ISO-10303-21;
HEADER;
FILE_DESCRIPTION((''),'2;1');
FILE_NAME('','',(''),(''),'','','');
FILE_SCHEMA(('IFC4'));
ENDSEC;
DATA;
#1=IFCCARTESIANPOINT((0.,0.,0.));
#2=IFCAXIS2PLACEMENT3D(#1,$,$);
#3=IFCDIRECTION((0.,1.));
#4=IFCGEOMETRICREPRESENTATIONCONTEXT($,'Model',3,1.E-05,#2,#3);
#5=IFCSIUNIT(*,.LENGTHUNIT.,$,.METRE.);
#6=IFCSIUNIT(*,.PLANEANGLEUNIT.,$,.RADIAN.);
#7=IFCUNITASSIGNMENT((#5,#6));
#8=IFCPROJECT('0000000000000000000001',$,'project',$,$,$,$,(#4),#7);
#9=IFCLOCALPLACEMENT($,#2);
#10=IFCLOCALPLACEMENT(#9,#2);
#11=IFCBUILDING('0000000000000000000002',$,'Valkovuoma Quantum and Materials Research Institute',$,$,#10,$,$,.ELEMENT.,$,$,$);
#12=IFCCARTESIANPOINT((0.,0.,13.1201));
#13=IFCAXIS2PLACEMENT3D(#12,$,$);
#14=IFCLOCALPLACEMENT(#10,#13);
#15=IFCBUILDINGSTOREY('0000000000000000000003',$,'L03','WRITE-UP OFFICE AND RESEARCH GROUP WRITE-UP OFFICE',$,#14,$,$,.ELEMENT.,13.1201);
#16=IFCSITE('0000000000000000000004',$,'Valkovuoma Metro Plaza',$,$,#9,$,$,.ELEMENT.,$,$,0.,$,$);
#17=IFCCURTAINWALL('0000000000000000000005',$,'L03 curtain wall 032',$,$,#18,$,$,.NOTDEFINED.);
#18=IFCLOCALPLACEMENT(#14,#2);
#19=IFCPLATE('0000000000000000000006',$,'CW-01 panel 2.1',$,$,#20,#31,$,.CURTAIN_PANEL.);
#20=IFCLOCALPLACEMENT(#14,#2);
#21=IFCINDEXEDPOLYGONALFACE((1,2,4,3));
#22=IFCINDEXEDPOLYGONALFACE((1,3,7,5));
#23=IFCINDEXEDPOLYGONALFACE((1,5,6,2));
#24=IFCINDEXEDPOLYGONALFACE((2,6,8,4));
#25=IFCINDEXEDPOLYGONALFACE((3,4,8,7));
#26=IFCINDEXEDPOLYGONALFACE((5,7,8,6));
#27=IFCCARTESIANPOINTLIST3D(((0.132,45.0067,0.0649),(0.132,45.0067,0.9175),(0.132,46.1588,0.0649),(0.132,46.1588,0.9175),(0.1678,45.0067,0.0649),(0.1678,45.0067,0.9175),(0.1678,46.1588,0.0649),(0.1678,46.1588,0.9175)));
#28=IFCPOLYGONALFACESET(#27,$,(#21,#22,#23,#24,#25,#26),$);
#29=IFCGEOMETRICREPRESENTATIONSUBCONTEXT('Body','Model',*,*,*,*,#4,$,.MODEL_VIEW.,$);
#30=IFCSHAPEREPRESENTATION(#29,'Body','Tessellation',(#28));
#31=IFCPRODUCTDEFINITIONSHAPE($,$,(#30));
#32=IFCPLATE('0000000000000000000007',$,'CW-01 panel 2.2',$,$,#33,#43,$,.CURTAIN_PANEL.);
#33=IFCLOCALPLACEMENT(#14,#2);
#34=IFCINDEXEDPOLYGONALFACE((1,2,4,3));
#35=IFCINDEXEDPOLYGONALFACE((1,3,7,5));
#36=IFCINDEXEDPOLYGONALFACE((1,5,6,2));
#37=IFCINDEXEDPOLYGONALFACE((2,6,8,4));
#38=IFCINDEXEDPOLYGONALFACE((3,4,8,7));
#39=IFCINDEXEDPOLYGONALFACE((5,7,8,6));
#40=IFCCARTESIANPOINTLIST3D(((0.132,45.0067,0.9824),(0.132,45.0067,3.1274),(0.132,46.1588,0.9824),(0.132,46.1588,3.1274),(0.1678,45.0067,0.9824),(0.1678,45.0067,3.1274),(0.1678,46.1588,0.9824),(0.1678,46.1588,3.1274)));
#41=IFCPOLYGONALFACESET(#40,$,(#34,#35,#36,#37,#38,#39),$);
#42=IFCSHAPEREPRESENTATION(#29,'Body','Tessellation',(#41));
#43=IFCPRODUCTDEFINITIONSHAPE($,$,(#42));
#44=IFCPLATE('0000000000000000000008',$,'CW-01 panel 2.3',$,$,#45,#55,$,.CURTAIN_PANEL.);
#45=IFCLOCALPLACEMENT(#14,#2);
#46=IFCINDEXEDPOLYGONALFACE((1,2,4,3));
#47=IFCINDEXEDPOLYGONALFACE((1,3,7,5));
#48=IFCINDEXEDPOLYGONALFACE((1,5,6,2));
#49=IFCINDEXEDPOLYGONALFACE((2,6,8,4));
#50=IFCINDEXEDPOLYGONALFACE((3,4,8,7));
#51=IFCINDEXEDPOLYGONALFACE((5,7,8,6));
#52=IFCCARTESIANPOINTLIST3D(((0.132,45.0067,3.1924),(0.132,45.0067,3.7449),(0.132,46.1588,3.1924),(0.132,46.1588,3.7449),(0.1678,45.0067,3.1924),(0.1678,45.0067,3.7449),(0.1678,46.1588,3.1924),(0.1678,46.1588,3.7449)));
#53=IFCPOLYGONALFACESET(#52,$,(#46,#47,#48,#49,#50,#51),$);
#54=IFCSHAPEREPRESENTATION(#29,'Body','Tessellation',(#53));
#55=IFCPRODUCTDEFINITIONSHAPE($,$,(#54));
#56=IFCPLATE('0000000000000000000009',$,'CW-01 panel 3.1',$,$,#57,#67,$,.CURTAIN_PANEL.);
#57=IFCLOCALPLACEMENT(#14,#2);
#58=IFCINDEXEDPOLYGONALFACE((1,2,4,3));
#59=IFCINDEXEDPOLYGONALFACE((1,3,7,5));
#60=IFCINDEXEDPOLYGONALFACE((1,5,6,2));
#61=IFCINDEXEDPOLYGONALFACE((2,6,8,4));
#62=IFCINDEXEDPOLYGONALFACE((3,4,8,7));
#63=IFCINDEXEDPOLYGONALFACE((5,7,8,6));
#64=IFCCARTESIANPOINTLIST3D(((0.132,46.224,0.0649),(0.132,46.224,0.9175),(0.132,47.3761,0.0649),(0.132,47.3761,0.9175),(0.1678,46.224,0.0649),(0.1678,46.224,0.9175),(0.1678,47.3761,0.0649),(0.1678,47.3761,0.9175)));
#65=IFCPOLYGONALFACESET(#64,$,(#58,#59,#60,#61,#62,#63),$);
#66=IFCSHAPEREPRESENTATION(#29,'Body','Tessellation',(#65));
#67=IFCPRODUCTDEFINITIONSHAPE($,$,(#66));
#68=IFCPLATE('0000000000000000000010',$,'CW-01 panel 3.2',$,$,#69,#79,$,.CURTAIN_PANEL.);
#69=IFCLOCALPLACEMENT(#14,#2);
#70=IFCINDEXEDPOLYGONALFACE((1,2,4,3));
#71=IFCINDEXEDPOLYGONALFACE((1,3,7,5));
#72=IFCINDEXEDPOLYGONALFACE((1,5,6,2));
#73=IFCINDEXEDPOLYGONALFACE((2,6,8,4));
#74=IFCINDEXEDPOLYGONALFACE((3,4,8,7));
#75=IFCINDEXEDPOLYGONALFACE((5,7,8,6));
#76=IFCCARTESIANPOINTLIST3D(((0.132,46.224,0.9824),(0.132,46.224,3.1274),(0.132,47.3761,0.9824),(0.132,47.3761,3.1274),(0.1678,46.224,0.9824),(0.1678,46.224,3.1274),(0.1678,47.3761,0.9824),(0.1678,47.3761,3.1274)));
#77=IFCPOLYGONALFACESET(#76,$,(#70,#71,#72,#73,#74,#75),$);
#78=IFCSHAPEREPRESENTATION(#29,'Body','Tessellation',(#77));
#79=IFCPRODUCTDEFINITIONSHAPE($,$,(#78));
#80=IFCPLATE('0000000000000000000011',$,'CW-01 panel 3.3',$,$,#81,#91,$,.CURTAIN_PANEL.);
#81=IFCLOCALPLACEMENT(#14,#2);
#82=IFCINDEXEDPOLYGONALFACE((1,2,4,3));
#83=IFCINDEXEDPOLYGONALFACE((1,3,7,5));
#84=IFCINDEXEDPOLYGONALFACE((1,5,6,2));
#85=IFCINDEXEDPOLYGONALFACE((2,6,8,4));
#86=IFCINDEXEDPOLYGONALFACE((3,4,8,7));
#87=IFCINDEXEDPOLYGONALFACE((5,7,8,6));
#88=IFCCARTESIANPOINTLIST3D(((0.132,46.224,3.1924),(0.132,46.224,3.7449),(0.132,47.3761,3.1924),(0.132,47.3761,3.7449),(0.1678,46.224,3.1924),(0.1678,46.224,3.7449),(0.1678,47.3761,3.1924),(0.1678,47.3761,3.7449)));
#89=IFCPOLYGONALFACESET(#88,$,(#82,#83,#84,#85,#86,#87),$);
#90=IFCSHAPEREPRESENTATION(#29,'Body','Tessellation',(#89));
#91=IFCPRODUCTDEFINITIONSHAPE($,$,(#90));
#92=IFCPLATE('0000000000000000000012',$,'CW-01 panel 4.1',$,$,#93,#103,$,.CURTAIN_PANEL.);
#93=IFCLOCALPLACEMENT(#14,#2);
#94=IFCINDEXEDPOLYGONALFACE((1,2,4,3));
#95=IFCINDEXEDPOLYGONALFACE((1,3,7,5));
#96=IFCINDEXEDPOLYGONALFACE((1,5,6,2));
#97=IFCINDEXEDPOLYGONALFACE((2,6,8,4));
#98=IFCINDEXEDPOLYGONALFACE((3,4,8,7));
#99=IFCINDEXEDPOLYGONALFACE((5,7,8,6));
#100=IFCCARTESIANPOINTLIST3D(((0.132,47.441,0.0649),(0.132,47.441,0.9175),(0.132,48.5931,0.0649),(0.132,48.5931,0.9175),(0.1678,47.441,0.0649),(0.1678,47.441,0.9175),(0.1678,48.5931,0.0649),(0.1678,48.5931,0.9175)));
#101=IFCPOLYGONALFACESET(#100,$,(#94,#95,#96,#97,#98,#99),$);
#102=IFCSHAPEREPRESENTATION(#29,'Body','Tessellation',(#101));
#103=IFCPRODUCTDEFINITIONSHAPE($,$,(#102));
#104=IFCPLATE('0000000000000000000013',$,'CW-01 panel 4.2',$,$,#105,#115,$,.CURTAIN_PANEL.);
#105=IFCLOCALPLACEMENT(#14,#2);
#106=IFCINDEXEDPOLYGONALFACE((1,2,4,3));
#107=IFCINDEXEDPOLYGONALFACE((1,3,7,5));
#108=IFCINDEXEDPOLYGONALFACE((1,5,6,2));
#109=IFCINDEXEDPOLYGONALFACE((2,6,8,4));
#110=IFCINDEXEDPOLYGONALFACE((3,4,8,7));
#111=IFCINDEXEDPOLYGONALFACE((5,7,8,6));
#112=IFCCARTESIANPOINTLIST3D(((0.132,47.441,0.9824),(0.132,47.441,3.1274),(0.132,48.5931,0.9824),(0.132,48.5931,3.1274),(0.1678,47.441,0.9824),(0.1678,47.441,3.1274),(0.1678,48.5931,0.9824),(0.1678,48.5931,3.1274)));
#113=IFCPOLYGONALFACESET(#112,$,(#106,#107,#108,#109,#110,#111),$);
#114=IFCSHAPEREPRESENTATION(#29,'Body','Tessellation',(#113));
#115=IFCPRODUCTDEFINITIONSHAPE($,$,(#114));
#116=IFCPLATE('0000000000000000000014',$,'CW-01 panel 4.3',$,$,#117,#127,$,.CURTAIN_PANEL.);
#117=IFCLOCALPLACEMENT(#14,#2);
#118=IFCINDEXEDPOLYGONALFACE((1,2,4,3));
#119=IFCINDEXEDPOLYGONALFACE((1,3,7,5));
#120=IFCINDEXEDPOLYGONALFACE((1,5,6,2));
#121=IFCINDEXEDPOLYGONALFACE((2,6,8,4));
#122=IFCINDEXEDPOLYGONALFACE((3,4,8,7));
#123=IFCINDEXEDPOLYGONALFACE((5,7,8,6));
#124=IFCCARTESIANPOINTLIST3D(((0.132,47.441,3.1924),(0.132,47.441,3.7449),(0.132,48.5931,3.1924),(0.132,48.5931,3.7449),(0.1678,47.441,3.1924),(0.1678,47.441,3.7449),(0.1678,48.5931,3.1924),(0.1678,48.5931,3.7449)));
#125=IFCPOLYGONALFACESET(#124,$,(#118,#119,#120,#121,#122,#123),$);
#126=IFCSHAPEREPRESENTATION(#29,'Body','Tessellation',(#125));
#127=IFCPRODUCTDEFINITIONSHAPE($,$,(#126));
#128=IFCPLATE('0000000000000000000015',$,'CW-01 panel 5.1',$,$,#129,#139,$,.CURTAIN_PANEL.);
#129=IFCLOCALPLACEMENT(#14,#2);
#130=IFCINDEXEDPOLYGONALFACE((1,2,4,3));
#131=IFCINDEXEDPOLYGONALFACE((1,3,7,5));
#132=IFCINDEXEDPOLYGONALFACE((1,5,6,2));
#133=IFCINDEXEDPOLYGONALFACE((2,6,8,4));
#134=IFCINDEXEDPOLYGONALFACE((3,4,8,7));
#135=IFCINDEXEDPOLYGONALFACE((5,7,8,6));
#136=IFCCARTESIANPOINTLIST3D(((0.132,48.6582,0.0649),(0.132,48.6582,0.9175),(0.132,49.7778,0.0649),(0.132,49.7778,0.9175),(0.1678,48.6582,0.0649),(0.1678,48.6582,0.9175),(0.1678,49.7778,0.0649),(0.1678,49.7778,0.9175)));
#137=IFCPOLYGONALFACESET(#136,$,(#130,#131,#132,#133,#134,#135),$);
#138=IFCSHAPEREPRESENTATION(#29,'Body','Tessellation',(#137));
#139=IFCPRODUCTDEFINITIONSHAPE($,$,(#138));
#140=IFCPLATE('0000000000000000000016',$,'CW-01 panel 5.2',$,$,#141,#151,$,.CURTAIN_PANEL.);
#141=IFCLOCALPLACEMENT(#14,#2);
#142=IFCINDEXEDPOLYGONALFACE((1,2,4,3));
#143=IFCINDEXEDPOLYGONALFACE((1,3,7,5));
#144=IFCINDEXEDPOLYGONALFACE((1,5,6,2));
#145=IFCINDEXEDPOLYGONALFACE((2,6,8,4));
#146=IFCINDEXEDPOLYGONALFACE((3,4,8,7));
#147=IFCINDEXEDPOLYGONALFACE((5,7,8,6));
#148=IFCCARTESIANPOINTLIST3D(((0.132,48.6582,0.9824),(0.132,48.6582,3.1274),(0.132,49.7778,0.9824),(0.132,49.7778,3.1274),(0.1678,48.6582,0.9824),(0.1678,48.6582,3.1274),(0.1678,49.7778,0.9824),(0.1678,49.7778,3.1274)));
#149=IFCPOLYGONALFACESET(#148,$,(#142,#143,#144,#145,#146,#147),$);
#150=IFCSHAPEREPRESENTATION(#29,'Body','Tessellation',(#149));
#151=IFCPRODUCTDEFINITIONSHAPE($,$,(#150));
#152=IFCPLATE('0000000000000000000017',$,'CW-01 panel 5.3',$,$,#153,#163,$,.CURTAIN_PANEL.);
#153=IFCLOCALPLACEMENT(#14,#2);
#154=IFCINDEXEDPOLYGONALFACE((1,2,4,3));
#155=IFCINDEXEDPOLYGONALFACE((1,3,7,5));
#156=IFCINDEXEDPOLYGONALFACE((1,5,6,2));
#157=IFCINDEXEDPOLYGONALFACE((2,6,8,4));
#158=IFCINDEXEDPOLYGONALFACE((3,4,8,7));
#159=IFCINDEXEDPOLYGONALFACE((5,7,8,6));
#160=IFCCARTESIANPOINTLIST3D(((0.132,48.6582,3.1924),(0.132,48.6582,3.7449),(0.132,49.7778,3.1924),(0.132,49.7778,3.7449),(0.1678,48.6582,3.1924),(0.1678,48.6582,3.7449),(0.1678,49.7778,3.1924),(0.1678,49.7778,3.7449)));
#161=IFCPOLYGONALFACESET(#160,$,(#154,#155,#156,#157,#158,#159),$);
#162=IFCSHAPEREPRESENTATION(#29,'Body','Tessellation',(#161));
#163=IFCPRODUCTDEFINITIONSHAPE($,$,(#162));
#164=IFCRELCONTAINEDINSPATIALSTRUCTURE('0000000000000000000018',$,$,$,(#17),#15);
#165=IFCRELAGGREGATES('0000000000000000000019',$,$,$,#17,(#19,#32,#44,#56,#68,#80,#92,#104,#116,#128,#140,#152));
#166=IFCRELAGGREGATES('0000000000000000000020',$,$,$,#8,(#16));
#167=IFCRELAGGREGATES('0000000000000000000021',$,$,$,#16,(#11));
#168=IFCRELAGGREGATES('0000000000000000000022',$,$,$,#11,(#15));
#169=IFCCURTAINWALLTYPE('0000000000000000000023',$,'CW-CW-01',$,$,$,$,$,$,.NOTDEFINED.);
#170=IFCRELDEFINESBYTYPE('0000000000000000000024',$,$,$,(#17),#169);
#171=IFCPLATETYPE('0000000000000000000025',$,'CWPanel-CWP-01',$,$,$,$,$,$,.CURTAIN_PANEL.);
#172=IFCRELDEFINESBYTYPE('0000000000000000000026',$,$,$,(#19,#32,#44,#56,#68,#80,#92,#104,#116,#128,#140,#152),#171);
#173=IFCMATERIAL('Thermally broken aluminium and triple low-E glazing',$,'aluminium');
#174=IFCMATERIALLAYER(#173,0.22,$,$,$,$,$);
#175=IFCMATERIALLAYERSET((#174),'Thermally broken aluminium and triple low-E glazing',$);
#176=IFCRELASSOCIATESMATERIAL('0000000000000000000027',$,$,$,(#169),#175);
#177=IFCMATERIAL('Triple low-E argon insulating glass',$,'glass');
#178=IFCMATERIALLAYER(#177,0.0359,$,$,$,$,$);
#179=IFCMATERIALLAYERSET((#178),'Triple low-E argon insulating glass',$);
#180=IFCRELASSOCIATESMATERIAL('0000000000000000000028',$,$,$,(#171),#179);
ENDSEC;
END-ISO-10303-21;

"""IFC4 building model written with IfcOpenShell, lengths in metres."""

from ifc_helpers import new_model, si_unit, direction, frame, origin, origin_2d, place, context, subcontext, project, spatial, rectangle, extrude, material, layer, layer_set, type_object, element, aggregate, save


model = new_model("IFC4")

# Units and contexts
model_context = context("Model", 3, precision=1e-05, world=origin(), true_north=direction((0.0, 1.0)))
body_context = subcontext(model_context, "Body", "Model", "MODEL_VIEW")
ifc_project = project(units=[si_unit("LENGTHUNIT", "METRE"), si_unit("PLANEANGLEUNIT", "RADIAN")], contexts=[model_context])

# Site, building, storey
site_placement = place(None, origin())
site = spatial("IfcSite", under=ifc_project, at=site_placement, Name="Valkovuoma Metro Plaza", CompositionType="ELEMENT", RefElevation=0.0)
building_placement = place(site_placement, origin())
building = spatial("IfcBuilding", under=site, at=building_placement, Name="Valkovuoma Quantum and Materials Research Institute", CompositionType="ELEMENT")
storey_placement = place(building_placement, frame((0.0, 0.0, 13.1201)))
storey = spatial("IfcBuildingStorey", under=building, at=storey_placement, Name="L03", Description="WRITE-UP OFFICE AND RESEARCH GROUP WRITE-UP OFFICE", CompositionType="ELEMENT", Elevation=13.1201)

# Curtain wall, plates
ifc_material_1 = material(Name="Thermally broken aluminium and triple low-E glazing", Category="aluminium")
ifc_layer_1 = layer(ifc_material_1, 0.22)
ifc_layer_set_1 = layer_set([ifc_layer_1], Name="Thermally broken aluminium and triple low-E glazing")
curtain_wall_type = type_object("IfcCurtainWallType", Name="CW-CW-01", PredefinedType="NOTDEFINED", material=ifc_layer_set_1)
curtain_wall_placement = place(storey_placement, origin())
curtain_wall = element("IfcCurtainWall", 1, at=curtain_wall_placement, inside=storey, type_object=curtain_wall_type, Name="L03 curtain wall 032", PredefinedType="NOTDEFINED")
ifc_material_2 = material(Name="Triple low-E argon insulating glass", Category="glass")
ifc_layer_2 = layer(ifc_material_2, 0.0359)
ifc_layer_set_2 = layer_set([ifc_layer_2], Name="Triple low-E argon insulating glass")
plate_type = type_object("IfcPlateType", Name="CWPanel-CWP-01", PredefinedType="CURTAIN_PANEL", material=ifc_layer_set_2)
plate_1_placement = place(storey_placement, frame((0.1499, 45.5828, 0.0649), z_axis=(0.0, 0.0, 1.0), x_axis=(0.0, 1.0, 0.0)))
plate_1 = element("IfcPlate", 2, at=plate_1_placement, type_object=plate_type, Name="CW-01 panel 2.1", PredefinedType="CURTAIN_PANEL", context=body_context, shape_type="SweptSolid", body=[
    extrude(rectangle(XDim=1.1521, YDim=0.0359, at=origin_2d()), origin(), (0.0, 0.0, 1.0), 0.8525),
])
plate_2_placement = place(storey_placement, frame((0.1499, 45.5828, 0.9824), z_axis=(0.0, 0.0, 1.0), x_axis=(0.0, 1.0, 0.0)))
plate_2 = element("IfcPlate", 3, at=plate_2_placement, type_object=plate_type, Name="CW-01 panel 2.2", PredefinedType="CURTAIN_PANEL", context=body_context, shape_type="SweptSolid", body=[
    extrude(rectangle(XDim=1.1521, YDim=0.0359, at=origin_2d()), origin(), (0.0, 0.0, 1.0), 2.145),
])
plate_3_placement = place(storey_placement, frame((0.1499, 45.5828, 3.1924), z_axis=(0.0, 0.0, 1.0), x_axis=(0.0, 1.0, 0.0)))
plate_3 = element("IfcPlate", 4, at=plate_3_placement, type_object=plate_type, Name="CW-01 panel 2.3", PredefinedType="CURTAIN_PANEL", context=body_context, shape_type="SweptSolid", body=[
    extrude(rectangle(XDim=1.1521, YDim=0.0359, at=origin_2d()), origin(), (0.0, 0.0, 1.0), 0.5525),
])
plate_4_placement = place(storey_placement, frame((0.1499, 46.8, 0.0649), z_axis=(0.0, 0.0, 1.0), x_axis=(0.0, 1.0, 0.0)))
plate_4 = element("IfcPlate", 5, at=plate_4_placement, type_object=plate_type, Name="CW-01 panel 3.1", PredefinedType="CURTAIN_PANEL", context=body_context, shape_type="SweptSolid", body=[
    extrude(rectangle(XDim=1.1521, YDim=0.0359, at=origin_2d()), origin(), (0.0, 0.0, 1.0), 0.8525),
])
plate_5_placement = place(storey_placement, frame((0.1499, 46.8, 0.9824), z_axis=(0.0, 0.0, 1.0), x_axis=(0.0, 1.0, 0.0)))
plate_5 = element("IfcPlate", 6, at=plate_5_placement, type_object=plate_type, Name="CW-01 panel 3.2", PredefinedType="CURTAIN_PANEL", context=body_context, shape_type="SweptSolid", body=[
    extrude(rectangle(XDim=1.1521, YDim=0.0359, at=origin_2d()), origin(), (0.0, 0.0, 1.0), 2.145),
])
plate_6_placement = place(storey_placement, frame((0.1499, 46.8, 3.1924), z_axis=(0.0, 0.0, 1.0), x_axis=(0.0, 1.0, 0.0)))
plate_6 = element("IfcPlate", 7, at=plate_6_placement, type_object=plate_type, Name="CW-01 panel 3.3", PredefinedType="CURTAIN_PANEL", context=body_context, shape_type="SweptSolid", body=[
    extrude(rectangle(XDim=1.1521, YDim=0.0359, at=origin_2d()), origin(), (0.0, 0.0, 1.0), 0.5525),
])
plate_7_placement = place(storey_placement, frame((0.1499, 48.0171, 0.0649), z_axis=(0.0, 0.0, 1.0), x_axis=(0.0, 1.0, 0.0)))
plate_7 = element("IfcPlate", 8, at=plate_7_placement, type_object=plate_type, Name="CW-01 panel 4.1", PredefinedType="CURTAIN_PANEL", context=body_context, shape_type="SweptSolid", body=[
    extrude(rectangle(XDim=1.1521, YDim=0.0359, at=origin_2d()), origin(), (0.0, 0.0, 1.0), 0.8525),
])
plate_8_placement = place(storey_placement, frame((0.1499, 48.0171, 0.9824), z_axis=(0.0, 0.0, 1.0), x_axis=(0.0, 1.0, 0.0)))
plate_8 = element("IfcPlate", 9, at=plate_8_placement, type_object=plate_type, Name="CW-01 panel 4.2", PredefinedType="CURTAIN_PANEL", context=body_context, shape_type="SweptSolid", body=[
    extrude(rectangle(XDim=1.1521, YDim=0.0359, at=origin_2d()), origin(), (0.0, 0.0, 1.0), 2.145),
])
plate_9_placement = place(storey_placement, frame((0.1499, 48.0171, 3.1924), z_axis=(0.0, 0.0, 1.0), x_axis=(0.0, 1.0, 0.0)))
plate_9 = element("IfcPlate", 10, at=plate_9_placement, type_object=plate_type, Name="CW-01 panel 4.3", PredefinedType="CURTAIN_PANEL", context=body_context, shape_type="SweptSolid", body=[
    extrude(rectangle(XDim=1.1521, YDim=0.0359, at=origin_2d()), origin(), (0.0, 0.0, 1.0), 0.5525),
])
plate_10_placement = place(storey_placement, frame((0.1499, 49.218, 0.0649), z_axis=(0.0, 0.0, 1.0), x_axis=(0.0, 1.0, 0.0)))
plate_10 = element("IfcPlate", 11, at=plate_10_placement, type_object=plate_type, Name="CW-01 panel 5.1", PredefinedType="CURTAIN_PANEL", context=body_context, shape_type="SweptSolid", body=[
    extrude(rectangle(XDim=1.1196, YDim=0.0359, at=origin_2d()), origin(), (0.0, 0.0, 1.0), 0.8525),
])
plate_11_placement = place(storey_placement, frame((0.1499, 49.218, 0.9824), z_axis=(0.0, 0.0, 1.0), x_axis=(0.0, 1.0, 0.0)))
plate_11 = element("IfcPlate", 12, at=plate_11_placement, type_object=plate_type, Name="CW-01 panel 5.2", PredefinedType="CURTAIN_PANEL", context=body_context, shape_type="SweptSolid", body=[
    extrude(rectangle(XDim=1.1196, YDim=0.0359, at=origin_2d()), origin(), (0.0, 0.0, 1.0), 2.145),
])
plate_12_placement = place(storey_placement, frame((0.1499, 49.218, 3.1924), z_axis=(0.0, 0.0, 1.0), x_axis=(0.0, 1.0, 0.0)))
plate_12 = element("IfcPlate", 13, at=plate_12_placement, type_object=plate_type, Name="CW-01 panel 5.3", PredefinedType="CURTAIN_PANEL", context=body_context, shape_type="SweptSolid", body=[
    extrude(rectangle(XDim=1.1196, YDim=0.0359, at=origin_2d()), origin(), (0.0, 0.0, 1.0), 0.5525),
])
aggregate(curtain_wall, [plate_1, plate_2, plate_3, plate_4, plate_5, plate_6, plate_7, plate_8, plate_9, plate_10, plate_11, plate_12])

save(model, "model.ifc")
